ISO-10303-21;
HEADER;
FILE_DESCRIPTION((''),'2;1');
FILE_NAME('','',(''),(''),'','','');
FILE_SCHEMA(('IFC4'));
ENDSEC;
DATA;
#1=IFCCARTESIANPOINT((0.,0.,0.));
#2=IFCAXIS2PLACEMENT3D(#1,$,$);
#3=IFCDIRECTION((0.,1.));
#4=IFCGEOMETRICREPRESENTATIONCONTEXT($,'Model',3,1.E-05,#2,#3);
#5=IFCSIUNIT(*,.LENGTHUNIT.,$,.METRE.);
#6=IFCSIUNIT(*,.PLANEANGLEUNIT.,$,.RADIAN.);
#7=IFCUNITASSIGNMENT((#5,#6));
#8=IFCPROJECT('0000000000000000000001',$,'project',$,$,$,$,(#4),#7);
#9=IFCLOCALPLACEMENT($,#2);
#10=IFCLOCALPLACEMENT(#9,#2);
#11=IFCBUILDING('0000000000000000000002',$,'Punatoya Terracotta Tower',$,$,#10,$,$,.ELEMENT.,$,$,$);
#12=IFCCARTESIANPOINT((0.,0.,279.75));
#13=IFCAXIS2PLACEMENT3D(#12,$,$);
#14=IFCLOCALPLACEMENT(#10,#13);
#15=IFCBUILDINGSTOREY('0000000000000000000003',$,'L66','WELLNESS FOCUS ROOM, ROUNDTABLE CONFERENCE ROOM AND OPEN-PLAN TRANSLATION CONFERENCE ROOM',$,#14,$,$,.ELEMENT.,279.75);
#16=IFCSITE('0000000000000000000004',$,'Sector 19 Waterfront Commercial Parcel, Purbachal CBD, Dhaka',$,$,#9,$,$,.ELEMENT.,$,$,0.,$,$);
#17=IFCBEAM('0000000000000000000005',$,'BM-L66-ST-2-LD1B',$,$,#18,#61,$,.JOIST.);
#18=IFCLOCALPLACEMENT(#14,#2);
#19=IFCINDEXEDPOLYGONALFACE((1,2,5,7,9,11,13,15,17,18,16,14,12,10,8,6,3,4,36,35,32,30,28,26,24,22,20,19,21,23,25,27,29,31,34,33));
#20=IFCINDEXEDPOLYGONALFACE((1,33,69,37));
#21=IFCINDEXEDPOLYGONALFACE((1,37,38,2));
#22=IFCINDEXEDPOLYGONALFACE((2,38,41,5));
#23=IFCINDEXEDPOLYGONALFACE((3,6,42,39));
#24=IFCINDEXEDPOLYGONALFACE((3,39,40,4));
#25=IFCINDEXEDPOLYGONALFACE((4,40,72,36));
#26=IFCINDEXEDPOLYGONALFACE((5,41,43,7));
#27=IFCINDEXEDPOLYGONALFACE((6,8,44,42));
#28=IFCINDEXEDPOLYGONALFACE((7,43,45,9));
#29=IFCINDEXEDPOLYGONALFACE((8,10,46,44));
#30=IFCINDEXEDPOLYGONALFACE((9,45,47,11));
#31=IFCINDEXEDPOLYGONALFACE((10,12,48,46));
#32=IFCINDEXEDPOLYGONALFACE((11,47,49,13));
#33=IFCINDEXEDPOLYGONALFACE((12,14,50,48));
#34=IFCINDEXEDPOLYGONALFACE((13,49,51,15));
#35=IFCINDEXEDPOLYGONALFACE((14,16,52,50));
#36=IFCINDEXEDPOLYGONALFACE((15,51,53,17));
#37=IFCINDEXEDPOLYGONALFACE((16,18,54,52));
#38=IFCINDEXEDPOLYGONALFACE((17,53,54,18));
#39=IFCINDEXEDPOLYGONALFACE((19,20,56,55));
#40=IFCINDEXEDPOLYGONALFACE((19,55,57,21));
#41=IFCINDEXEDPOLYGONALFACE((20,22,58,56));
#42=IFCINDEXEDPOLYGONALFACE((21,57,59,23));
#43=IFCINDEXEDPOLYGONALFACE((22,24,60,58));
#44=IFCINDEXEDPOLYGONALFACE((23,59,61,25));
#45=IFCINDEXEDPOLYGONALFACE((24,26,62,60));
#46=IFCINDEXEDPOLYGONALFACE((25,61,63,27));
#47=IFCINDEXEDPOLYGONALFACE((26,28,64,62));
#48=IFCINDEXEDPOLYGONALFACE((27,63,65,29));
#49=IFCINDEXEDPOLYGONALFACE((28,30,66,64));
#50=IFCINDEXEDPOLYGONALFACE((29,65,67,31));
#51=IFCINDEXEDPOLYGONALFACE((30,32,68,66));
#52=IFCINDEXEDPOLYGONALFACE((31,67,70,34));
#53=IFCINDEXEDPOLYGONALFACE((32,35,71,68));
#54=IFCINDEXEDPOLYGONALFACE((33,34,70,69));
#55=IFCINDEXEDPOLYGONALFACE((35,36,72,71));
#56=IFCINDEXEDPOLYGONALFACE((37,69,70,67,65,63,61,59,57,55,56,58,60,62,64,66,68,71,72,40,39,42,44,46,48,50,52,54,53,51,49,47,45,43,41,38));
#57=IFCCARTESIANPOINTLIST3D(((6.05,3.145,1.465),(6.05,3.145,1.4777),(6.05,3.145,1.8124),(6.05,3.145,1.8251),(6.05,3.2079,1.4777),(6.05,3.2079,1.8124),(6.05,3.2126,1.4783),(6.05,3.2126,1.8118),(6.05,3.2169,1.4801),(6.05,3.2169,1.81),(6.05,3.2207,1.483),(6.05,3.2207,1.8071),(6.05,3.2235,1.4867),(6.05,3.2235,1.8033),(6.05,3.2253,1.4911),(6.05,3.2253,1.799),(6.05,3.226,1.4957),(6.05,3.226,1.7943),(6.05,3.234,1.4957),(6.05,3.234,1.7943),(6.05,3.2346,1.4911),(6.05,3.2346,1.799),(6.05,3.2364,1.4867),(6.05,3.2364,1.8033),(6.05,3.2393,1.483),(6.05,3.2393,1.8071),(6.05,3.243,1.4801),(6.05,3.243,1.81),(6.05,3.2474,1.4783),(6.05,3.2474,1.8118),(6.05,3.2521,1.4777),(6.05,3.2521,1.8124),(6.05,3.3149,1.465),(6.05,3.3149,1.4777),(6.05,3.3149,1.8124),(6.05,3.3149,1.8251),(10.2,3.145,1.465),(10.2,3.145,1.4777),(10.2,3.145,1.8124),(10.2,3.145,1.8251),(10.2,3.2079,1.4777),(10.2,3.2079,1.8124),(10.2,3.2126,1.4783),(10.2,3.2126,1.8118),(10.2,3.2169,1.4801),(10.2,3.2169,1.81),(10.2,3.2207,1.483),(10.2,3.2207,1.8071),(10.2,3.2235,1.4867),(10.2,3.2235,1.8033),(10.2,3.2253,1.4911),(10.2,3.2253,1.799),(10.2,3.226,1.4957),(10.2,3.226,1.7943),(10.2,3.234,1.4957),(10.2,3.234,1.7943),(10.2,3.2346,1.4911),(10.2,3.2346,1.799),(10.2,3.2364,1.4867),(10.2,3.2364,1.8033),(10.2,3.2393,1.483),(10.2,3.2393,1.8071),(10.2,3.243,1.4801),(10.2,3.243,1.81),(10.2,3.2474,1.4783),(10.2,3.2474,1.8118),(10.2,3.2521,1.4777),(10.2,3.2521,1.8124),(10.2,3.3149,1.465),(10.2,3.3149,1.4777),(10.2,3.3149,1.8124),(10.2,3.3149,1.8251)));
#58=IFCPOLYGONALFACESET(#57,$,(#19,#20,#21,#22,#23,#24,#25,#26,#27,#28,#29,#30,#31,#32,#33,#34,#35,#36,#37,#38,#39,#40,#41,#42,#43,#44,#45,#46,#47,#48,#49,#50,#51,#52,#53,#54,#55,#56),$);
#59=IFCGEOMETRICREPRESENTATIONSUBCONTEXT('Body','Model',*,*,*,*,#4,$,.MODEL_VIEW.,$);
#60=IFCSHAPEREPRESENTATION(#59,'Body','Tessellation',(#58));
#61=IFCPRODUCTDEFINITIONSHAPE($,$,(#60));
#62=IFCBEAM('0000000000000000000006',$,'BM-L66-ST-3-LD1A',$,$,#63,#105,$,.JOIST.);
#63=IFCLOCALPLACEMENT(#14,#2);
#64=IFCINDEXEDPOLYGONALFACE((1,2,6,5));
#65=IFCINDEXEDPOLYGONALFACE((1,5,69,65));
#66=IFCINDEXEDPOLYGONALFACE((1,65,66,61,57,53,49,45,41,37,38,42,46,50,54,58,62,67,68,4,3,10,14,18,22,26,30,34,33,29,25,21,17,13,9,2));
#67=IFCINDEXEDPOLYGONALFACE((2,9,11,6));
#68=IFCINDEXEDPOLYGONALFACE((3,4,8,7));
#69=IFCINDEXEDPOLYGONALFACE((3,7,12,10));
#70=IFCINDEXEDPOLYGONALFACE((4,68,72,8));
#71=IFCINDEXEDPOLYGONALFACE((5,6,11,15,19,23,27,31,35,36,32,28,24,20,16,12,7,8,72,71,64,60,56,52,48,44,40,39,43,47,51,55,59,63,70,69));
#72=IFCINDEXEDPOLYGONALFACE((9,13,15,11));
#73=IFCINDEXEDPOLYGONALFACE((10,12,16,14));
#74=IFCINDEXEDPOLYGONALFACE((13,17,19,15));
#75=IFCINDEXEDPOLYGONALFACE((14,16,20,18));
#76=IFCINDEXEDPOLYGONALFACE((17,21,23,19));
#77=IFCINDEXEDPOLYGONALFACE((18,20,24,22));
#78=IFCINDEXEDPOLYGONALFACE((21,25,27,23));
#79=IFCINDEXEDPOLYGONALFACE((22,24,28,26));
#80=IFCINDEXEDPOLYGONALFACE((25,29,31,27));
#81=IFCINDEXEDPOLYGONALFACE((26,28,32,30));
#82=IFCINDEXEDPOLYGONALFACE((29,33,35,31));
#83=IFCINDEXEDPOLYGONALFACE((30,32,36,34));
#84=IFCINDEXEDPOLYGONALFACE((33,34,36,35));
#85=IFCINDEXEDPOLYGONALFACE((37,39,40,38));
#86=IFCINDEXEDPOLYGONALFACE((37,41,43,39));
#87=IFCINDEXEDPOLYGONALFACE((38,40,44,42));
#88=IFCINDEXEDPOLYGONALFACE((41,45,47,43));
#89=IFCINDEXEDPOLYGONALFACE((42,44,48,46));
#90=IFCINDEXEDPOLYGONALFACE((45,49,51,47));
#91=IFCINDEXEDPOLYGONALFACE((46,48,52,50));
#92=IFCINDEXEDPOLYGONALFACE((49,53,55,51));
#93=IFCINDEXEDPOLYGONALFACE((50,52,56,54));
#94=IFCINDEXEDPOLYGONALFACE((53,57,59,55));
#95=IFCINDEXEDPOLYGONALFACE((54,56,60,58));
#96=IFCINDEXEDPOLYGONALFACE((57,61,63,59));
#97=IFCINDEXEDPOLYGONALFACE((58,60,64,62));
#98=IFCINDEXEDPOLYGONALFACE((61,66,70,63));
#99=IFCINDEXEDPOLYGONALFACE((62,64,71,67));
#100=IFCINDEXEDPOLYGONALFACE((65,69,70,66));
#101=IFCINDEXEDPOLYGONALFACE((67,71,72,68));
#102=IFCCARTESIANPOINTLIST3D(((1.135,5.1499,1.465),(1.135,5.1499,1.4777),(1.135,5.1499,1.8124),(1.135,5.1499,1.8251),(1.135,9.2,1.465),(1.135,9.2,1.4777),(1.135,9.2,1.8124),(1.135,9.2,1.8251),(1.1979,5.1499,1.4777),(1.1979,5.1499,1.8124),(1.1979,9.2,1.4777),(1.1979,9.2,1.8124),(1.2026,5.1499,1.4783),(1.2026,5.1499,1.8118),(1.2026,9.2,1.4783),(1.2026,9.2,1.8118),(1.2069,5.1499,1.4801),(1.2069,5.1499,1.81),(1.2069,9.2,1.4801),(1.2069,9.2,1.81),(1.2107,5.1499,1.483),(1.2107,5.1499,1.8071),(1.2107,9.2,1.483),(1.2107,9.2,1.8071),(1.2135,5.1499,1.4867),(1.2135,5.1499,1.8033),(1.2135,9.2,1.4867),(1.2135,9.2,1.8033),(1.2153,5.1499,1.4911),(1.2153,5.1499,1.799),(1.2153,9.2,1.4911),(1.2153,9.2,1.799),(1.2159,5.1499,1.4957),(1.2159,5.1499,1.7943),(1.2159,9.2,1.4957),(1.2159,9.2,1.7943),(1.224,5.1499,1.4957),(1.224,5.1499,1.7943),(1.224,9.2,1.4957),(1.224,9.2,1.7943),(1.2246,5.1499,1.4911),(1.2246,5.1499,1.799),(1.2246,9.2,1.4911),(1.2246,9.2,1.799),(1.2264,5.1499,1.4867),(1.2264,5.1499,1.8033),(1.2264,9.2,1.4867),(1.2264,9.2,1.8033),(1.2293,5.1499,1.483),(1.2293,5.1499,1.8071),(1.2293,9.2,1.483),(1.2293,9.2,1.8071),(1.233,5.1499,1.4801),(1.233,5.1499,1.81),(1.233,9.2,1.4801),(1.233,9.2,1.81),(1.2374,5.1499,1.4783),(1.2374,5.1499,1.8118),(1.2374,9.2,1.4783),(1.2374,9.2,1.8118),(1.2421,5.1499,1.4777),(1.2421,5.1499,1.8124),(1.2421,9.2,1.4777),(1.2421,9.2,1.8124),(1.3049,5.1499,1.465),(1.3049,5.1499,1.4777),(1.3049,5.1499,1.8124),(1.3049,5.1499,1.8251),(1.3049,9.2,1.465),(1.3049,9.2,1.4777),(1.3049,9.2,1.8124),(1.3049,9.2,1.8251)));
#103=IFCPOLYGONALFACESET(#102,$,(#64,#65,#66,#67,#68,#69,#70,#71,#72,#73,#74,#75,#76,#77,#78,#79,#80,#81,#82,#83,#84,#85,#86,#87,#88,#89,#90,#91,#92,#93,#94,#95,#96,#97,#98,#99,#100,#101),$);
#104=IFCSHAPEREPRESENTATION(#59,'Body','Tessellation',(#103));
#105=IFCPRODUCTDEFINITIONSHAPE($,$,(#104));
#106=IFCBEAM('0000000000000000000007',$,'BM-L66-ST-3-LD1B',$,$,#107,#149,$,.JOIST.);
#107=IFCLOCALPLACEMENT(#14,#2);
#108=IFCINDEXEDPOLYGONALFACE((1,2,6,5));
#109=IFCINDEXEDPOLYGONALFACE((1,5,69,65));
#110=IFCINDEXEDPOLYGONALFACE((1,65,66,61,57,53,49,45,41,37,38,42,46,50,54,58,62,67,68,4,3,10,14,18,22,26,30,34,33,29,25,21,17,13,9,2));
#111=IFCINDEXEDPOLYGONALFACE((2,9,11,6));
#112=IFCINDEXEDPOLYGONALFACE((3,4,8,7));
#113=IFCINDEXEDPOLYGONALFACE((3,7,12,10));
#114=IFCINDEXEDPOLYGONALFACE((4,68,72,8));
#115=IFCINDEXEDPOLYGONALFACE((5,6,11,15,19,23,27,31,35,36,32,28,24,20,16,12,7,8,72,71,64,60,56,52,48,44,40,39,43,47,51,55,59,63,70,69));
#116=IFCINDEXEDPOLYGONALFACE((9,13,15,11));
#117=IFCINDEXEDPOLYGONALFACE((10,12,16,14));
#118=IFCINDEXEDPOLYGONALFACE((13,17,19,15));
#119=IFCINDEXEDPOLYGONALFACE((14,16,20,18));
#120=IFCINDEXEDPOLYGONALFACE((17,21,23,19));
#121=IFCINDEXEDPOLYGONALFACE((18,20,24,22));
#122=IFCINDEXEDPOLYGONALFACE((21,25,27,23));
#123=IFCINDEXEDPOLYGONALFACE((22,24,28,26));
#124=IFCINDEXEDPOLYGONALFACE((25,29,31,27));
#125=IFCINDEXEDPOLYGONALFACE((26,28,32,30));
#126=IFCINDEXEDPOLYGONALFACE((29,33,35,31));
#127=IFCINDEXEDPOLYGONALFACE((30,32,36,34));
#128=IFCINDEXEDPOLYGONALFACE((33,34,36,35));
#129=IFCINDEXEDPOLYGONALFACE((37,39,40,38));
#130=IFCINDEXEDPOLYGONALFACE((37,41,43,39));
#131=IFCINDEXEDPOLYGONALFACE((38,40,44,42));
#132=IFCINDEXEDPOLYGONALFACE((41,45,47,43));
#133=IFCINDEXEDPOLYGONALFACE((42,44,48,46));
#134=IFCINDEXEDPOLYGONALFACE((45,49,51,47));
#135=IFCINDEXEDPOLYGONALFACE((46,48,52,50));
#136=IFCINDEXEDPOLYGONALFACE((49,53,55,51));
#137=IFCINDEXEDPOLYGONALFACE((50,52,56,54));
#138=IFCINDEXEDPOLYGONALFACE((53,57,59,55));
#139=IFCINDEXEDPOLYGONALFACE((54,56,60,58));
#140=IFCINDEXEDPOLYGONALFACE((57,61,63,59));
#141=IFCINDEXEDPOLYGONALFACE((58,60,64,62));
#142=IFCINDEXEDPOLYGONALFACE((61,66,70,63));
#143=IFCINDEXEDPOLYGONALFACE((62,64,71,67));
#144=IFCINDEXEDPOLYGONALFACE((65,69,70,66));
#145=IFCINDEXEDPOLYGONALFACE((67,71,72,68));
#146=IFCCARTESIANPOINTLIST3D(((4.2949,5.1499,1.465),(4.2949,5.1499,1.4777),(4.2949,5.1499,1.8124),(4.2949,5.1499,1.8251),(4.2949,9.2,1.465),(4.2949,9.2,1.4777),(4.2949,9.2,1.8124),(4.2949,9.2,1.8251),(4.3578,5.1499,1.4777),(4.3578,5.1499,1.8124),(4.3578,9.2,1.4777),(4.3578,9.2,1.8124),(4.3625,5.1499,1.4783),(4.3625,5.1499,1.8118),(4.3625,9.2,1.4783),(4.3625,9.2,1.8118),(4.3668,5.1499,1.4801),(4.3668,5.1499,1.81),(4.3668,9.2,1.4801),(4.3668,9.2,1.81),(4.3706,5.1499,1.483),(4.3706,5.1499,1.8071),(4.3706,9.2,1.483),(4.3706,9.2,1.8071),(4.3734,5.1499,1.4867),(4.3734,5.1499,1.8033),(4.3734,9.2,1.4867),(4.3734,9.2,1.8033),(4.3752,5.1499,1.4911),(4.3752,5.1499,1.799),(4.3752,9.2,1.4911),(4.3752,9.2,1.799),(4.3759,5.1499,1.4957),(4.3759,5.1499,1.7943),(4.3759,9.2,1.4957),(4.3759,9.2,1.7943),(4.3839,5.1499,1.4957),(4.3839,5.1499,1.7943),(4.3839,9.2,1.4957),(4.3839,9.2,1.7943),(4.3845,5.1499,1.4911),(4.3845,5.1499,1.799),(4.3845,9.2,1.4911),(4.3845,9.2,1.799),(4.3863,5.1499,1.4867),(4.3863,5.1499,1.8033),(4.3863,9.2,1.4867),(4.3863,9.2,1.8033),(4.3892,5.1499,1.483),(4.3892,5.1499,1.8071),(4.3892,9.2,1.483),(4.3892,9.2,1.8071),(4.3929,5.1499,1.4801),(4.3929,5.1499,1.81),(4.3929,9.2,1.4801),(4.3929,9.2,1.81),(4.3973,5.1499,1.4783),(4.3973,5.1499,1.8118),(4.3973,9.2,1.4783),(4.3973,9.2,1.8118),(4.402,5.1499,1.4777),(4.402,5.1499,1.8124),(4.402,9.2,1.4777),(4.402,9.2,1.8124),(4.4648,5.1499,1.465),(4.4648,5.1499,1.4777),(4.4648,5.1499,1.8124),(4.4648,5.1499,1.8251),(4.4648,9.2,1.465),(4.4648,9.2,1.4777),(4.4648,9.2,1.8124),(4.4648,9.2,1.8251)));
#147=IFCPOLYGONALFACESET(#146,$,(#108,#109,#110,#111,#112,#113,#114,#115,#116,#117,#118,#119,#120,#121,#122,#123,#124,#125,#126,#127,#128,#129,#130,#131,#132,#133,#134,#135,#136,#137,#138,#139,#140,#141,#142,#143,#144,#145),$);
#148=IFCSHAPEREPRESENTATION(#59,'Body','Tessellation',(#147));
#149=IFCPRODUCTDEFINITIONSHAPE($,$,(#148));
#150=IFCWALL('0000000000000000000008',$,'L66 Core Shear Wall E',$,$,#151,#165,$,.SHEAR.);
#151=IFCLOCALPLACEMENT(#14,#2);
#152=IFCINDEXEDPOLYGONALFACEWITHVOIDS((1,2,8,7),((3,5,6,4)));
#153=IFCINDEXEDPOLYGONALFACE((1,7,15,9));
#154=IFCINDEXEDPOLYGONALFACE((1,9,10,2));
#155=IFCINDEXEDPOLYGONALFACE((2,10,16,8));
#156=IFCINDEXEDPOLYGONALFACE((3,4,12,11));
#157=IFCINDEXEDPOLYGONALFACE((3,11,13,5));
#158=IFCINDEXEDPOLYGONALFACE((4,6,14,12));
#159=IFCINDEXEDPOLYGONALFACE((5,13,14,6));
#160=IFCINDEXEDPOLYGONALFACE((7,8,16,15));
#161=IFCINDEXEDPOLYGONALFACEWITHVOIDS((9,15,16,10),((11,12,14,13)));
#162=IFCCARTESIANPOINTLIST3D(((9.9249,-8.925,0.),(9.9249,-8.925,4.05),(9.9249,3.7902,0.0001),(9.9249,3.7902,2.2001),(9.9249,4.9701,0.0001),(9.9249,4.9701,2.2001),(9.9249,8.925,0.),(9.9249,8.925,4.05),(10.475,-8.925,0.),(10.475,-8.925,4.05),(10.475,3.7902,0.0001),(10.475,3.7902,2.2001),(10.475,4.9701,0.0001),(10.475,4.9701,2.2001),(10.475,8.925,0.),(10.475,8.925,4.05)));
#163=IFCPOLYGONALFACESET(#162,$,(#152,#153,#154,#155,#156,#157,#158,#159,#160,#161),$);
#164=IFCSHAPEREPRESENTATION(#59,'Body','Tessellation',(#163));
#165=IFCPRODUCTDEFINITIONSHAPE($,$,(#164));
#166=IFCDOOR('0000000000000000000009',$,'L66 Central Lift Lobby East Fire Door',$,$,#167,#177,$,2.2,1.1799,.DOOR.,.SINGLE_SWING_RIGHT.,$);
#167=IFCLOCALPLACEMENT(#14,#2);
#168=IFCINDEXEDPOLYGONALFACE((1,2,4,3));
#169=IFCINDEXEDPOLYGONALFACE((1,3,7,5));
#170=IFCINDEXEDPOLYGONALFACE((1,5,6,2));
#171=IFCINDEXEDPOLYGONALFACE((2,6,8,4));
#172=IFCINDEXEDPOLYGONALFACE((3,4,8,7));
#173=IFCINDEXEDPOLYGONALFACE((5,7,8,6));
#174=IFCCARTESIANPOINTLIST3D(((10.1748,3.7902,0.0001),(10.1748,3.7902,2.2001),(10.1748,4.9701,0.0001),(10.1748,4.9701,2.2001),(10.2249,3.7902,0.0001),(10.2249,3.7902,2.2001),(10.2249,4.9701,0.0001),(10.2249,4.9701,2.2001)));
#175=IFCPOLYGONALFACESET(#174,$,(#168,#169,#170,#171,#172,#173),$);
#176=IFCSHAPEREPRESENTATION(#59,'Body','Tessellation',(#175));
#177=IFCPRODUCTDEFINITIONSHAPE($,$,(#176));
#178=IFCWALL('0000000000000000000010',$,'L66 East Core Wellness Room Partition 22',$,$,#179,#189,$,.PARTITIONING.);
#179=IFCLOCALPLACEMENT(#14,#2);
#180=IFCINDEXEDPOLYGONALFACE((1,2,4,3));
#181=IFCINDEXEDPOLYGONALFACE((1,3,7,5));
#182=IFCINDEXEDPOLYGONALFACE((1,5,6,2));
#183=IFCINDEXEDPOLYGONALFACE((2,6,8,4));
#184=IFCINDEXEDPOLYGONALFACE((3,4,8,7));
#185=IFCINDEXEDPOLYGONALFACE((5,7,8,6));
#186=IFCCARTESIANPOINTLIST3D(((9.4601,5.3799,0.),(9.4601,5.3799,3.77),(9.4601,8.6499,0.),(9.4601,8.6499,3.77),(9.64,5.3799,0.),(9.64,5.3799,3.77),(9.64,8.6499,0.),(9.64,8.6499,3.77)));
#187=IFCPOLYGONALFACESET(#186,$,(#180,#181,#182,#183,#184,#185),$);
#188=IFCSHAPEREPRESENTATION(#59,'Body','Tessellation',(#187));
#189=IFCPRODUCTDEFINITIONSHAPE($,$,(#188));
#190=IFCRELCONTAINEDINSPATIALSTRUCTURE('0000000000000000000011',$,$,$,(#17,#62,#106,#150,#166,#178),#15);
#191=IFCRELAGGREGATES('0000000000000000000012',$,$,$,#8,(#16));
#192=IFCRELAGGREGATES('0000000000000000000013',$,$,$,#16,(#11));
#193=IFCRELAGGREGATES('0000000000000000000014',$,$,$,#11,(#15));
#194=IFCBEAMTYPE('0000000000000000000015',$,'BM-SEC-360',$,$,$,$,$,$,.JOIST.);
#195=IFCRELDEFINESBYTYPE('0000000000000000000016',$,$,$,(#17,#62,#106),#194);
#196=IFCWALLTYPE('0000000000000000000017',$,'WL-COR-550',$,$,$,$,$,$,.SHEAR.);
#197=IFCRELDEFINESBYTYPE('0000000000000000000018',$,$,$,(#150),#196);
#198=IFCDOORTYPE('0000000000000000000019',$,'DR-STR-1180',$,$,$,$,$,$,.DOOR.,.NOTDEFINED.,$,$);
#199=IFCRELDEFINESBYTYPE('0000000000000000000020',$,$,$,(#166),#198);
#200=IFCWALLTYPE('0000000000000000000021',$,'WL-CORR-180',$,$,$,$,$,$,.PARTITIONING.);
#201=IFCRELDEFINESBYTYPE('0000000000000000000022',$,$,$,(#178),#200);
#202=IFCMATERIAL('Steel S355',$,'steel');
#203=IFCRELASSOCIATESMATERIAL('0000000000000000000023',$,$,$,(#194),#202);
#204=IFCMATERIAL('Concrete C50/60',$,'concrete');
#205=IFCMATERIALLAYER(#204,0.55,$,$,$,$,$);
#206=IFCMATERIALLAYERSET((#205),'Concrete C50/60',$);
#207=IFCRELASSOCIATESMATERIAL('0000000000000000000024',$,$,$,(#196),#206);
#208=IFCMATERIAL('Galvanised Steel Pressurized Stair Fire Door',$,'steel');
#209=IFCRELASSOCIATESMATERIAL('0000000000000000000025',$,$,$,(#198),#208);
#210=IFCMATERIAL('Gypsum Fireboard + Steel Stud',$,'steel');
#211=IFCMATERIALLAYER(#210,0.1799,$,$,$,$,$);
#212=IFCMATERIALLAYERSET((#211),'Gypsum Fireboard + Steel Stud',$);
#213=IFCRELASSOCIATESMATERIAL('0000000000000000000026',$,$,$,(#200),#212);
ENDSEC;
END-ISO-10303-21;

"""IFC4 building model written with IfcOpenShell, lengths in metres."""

from ifc_helpers import new_model, si_unit, direction, frame, frame_2d, origin, origin_2d, place, context, subcontext, project, spatial, rectangle, i_section, extrude, material, layer, layer_set, material_profile, profile_set, type_object, element, fill, save


model = new_model("IFC4")

# Units and contexts
model_context = context("Model", 3, precision=1e-05, world=origin(), true_north=direction((0.0, 1.0)))
body_context = subcontext(model_context, "Body", "Model", "MODEL_VIEW")
ifc_project = project(units=[si_unit("LENGTHUNIT", "METRE"), si_unit("PLANEANGLEUNIT", "RADIAN")], contexts=[model_context])

# Site, building, storey
site_placement = place(None, origin())
site = spatial("IfcSite", under=ifc_project, at=site_placement, Name="Sector 19 Waterfront Commercial Parcel, Purbachal CBD, Dhaka", CompositionType="ELEMENT", RefElevation=0.0)
building_placement = place(site_placement, origin())
building = spatial("IfcBuilding", under=site, at=building_placement, Name="Punatoya Terracotta Tower", CompositionType="ELEMENT")
storey_placement = place(building_placement, frame((0.0, 0.0, 279.75)))
storey = spatial("IfcBuildingStorey", under=building, at=storey_placement, Name="L66", Description="WELLNESS FOCUS ROOM, ROUNDTABLE CONFERENCE ROOM AND OPEN-PLAN TRANSLATION CONFERENCE ROOM", CompositionType="ELEMENT", Elevation=279.75)

# Beams
ifc_material_1 = material(Name="Steel S355", Category="steel")
ifc_material_profile_1 = material_profile(ifc_material_1, i_section(OverallWidth=0.1699, OverallDepth=0.3601, WebThickness=0.0081, FlangeThickness=0.0127, FilletRadius=0.0181, at=origin_2d()))
ifc_profile_set_1 = profile_set([ifc_material_profile_1], Name="Steel S355")
beam_type_1 = type_object("IfcBeamType", Name="BM-SEC-360", PredefinedType="JOIST", material=ifc_profile_set_1)
beam_placement = place(storey_placement, frame((6.05, 3.23, 1.645), z_axis=(1.0, 0.0, 0.0), x_axis=(0.0, 1.0, 0.0)))
element("IfcBeam", 1, at=beam_placement, inside=storey, type_object=beam_type_1, Name="BM-L66-ST-2-LD1B", PredefinedType="JOIST", context=body_context, shape_type="SweptSolid", body=[
    extrude(i_section(OverallWidth=0.1699, OverallDepth=0.3601, WebThickness=0.0081, FlangeThickness=0.0127, FilletRadius=0.0181, at=origin_2d()), origin(), (0.0, 0.0, 1.0), 4.1499),
])
for number, where, z_axis, x_axis, name in (
    (2, (1.22, 5.1499, 1.645), (0.0, 1.0, 0.0), (-1.0, 0.0, 0.0), "BM-L66-ST-3-LD1A"),
    (3, (4.3799, 5.1499, 1.645), (0.0, 1.0, 0.0), (-1.0, 0.0, 0.0), "BM-L66-ST-3-LD1B"),
):
    element("IfcBeam", number, at=place(storey_placement, frame(where, z_axis=z_axis, x_axis=x_axis)), inside=storey, type_object=beam_type_1, Name=name, PredefinedType="JOIST", context=body_context, shape_type="SweptSolid", body=[
        extrude(i_section(OverallWidth=0.1699, OverallDepth=0.3601, WebThickness=0.0081, FlangeThickness=0.0127, FilletRadius=0.0181, at=origin_2d()), origin(), (0.0, 0.0, 1.0), 4.05),
    ])

# Wall, opening, door
ifc_material_2 = material(Name="Concrete C50/60", Category="concrete")
ifc_layer_1 = layer(ifc_material_2, 0.55)
ifc_layer_set_1 = layer_set([ifc_layer_1], Name="Concrete C50/60")
wall_type_1 = type_object("IfcWallType", Name="WL-COR-550", PredefinedType="SHEAR", material=ifc_layer_set_1)
wall_1_placement = place(storey_placement, frame((10.2, 8.925, 0.0), z_axis=(0.0, 0.0, 1.0), x_axis=(0.0, -1.0, 0.0)))
wall_1 = element("IfcWall", 4, at=wall_1_placement, inside=storey, type_object=wall_type_1, Name="L66 Core Shear Wall E", PredefinedType="SHEAR", context=body_context, shape_type="SweptSolid", body=[
    extrude(rectangle(XDim=17.8501, YDim=0.55, at=frame_2d((8.925, 0.0))), origin(), (0.0, 0.0, 1.0), 4.05),
])
opening_1_placement = place(wall_1_placement, frame((3.9551, 0.0, 0.0)))
opening_1 = element("IfcOpeningElement", 5, at=opening_1_placement, cuts=wall_1, PredefinedType="OPENING", context=body_context, shape_type="SweptSolid", body=[
    extrude(rectangle(XDim=1.1799, YDim=2.2, at=frame_2d((0.5898, 1.1001))), frame((0.0, 0.2849, 0.0), z_axis=(0.0, -1.0, 0.0), x_axis=(1.0, 0.0, 0.0)), (0.0, 0.0, 1.0), 0.5701),
])
ifc_material_3 = material(Name="Galvanised Steel Pressurized Stair Fire Door", Category="steel")
door_type_1 = type_object("IfcDoorType", Name="DR-STR-1180", OperationType="NOTDEFINED", PredefinedType="DOOR", material=ifc_material_3)
door_1_placement = place(opening_1_placement, origin())
door_1 = element("IfcDoor", 6, at=door_1_placement, inside=storey, type_object=door_type_1, Name="L66 Central Lift Lobby East Fire Door", OperationType="SINGLE_SWING_RIGHT", OverallHeight=2.2, OverallWidth=1.1799, PredefinedType="DOOR", context=body_context, shape_type="SweptSolid", body=[
    extrude(rectangle(XDim=1.1799, YDim=2.2, at=frame_2d((0.5898, 1.1001))), frame((0.0, 0.0249, 0.0), z_axis=(0.0, -1.0, 0.0), x_axis=(1.0, 0.0, 0.0)), (0.0, 0.0, 1.0), 0.05),
])
fill(opening_1, door_1)

# Wall
ifc_material_4 = material(Name="Gypsum Fireboard + Steel Stud", Category="steel")
ifc_layer_2 = layer(ifc_material_4, 0.1799)
ifc_layer_set_2 = layer_set([ifc_layer_2], Name="Gypsum Fireboard + Steel Stud")
wall_type_2 = type_object("IfcWallType", Name="WL-CORR-180", PredefinedType="PARTITIONING", material=ifc_layer_set_2)
wall_2_placement = place(storey_placement, frame((9.55, 5.3799, 0.0), z_axis=(0.0, 0.0, 1.0), x_axis=(0.0, 1.0, 0.0)))
element("IfcWall", 7, at=wall_2_placement, inside=storey, type_object=wall_type_2, Name="L66 East Core Wellness Room Partition 22", PredefinedType="PARTITIONING", context=body_context, shape_type="SweptSolid", body=[
    extrude(rectangle(XDim=3.27, YDim=0.1799, at=frame_2d((1.635, 0.0))), origin(), (0.0, 0.0, 1.0), 3.77),
])

save(model, "model.ifc")
